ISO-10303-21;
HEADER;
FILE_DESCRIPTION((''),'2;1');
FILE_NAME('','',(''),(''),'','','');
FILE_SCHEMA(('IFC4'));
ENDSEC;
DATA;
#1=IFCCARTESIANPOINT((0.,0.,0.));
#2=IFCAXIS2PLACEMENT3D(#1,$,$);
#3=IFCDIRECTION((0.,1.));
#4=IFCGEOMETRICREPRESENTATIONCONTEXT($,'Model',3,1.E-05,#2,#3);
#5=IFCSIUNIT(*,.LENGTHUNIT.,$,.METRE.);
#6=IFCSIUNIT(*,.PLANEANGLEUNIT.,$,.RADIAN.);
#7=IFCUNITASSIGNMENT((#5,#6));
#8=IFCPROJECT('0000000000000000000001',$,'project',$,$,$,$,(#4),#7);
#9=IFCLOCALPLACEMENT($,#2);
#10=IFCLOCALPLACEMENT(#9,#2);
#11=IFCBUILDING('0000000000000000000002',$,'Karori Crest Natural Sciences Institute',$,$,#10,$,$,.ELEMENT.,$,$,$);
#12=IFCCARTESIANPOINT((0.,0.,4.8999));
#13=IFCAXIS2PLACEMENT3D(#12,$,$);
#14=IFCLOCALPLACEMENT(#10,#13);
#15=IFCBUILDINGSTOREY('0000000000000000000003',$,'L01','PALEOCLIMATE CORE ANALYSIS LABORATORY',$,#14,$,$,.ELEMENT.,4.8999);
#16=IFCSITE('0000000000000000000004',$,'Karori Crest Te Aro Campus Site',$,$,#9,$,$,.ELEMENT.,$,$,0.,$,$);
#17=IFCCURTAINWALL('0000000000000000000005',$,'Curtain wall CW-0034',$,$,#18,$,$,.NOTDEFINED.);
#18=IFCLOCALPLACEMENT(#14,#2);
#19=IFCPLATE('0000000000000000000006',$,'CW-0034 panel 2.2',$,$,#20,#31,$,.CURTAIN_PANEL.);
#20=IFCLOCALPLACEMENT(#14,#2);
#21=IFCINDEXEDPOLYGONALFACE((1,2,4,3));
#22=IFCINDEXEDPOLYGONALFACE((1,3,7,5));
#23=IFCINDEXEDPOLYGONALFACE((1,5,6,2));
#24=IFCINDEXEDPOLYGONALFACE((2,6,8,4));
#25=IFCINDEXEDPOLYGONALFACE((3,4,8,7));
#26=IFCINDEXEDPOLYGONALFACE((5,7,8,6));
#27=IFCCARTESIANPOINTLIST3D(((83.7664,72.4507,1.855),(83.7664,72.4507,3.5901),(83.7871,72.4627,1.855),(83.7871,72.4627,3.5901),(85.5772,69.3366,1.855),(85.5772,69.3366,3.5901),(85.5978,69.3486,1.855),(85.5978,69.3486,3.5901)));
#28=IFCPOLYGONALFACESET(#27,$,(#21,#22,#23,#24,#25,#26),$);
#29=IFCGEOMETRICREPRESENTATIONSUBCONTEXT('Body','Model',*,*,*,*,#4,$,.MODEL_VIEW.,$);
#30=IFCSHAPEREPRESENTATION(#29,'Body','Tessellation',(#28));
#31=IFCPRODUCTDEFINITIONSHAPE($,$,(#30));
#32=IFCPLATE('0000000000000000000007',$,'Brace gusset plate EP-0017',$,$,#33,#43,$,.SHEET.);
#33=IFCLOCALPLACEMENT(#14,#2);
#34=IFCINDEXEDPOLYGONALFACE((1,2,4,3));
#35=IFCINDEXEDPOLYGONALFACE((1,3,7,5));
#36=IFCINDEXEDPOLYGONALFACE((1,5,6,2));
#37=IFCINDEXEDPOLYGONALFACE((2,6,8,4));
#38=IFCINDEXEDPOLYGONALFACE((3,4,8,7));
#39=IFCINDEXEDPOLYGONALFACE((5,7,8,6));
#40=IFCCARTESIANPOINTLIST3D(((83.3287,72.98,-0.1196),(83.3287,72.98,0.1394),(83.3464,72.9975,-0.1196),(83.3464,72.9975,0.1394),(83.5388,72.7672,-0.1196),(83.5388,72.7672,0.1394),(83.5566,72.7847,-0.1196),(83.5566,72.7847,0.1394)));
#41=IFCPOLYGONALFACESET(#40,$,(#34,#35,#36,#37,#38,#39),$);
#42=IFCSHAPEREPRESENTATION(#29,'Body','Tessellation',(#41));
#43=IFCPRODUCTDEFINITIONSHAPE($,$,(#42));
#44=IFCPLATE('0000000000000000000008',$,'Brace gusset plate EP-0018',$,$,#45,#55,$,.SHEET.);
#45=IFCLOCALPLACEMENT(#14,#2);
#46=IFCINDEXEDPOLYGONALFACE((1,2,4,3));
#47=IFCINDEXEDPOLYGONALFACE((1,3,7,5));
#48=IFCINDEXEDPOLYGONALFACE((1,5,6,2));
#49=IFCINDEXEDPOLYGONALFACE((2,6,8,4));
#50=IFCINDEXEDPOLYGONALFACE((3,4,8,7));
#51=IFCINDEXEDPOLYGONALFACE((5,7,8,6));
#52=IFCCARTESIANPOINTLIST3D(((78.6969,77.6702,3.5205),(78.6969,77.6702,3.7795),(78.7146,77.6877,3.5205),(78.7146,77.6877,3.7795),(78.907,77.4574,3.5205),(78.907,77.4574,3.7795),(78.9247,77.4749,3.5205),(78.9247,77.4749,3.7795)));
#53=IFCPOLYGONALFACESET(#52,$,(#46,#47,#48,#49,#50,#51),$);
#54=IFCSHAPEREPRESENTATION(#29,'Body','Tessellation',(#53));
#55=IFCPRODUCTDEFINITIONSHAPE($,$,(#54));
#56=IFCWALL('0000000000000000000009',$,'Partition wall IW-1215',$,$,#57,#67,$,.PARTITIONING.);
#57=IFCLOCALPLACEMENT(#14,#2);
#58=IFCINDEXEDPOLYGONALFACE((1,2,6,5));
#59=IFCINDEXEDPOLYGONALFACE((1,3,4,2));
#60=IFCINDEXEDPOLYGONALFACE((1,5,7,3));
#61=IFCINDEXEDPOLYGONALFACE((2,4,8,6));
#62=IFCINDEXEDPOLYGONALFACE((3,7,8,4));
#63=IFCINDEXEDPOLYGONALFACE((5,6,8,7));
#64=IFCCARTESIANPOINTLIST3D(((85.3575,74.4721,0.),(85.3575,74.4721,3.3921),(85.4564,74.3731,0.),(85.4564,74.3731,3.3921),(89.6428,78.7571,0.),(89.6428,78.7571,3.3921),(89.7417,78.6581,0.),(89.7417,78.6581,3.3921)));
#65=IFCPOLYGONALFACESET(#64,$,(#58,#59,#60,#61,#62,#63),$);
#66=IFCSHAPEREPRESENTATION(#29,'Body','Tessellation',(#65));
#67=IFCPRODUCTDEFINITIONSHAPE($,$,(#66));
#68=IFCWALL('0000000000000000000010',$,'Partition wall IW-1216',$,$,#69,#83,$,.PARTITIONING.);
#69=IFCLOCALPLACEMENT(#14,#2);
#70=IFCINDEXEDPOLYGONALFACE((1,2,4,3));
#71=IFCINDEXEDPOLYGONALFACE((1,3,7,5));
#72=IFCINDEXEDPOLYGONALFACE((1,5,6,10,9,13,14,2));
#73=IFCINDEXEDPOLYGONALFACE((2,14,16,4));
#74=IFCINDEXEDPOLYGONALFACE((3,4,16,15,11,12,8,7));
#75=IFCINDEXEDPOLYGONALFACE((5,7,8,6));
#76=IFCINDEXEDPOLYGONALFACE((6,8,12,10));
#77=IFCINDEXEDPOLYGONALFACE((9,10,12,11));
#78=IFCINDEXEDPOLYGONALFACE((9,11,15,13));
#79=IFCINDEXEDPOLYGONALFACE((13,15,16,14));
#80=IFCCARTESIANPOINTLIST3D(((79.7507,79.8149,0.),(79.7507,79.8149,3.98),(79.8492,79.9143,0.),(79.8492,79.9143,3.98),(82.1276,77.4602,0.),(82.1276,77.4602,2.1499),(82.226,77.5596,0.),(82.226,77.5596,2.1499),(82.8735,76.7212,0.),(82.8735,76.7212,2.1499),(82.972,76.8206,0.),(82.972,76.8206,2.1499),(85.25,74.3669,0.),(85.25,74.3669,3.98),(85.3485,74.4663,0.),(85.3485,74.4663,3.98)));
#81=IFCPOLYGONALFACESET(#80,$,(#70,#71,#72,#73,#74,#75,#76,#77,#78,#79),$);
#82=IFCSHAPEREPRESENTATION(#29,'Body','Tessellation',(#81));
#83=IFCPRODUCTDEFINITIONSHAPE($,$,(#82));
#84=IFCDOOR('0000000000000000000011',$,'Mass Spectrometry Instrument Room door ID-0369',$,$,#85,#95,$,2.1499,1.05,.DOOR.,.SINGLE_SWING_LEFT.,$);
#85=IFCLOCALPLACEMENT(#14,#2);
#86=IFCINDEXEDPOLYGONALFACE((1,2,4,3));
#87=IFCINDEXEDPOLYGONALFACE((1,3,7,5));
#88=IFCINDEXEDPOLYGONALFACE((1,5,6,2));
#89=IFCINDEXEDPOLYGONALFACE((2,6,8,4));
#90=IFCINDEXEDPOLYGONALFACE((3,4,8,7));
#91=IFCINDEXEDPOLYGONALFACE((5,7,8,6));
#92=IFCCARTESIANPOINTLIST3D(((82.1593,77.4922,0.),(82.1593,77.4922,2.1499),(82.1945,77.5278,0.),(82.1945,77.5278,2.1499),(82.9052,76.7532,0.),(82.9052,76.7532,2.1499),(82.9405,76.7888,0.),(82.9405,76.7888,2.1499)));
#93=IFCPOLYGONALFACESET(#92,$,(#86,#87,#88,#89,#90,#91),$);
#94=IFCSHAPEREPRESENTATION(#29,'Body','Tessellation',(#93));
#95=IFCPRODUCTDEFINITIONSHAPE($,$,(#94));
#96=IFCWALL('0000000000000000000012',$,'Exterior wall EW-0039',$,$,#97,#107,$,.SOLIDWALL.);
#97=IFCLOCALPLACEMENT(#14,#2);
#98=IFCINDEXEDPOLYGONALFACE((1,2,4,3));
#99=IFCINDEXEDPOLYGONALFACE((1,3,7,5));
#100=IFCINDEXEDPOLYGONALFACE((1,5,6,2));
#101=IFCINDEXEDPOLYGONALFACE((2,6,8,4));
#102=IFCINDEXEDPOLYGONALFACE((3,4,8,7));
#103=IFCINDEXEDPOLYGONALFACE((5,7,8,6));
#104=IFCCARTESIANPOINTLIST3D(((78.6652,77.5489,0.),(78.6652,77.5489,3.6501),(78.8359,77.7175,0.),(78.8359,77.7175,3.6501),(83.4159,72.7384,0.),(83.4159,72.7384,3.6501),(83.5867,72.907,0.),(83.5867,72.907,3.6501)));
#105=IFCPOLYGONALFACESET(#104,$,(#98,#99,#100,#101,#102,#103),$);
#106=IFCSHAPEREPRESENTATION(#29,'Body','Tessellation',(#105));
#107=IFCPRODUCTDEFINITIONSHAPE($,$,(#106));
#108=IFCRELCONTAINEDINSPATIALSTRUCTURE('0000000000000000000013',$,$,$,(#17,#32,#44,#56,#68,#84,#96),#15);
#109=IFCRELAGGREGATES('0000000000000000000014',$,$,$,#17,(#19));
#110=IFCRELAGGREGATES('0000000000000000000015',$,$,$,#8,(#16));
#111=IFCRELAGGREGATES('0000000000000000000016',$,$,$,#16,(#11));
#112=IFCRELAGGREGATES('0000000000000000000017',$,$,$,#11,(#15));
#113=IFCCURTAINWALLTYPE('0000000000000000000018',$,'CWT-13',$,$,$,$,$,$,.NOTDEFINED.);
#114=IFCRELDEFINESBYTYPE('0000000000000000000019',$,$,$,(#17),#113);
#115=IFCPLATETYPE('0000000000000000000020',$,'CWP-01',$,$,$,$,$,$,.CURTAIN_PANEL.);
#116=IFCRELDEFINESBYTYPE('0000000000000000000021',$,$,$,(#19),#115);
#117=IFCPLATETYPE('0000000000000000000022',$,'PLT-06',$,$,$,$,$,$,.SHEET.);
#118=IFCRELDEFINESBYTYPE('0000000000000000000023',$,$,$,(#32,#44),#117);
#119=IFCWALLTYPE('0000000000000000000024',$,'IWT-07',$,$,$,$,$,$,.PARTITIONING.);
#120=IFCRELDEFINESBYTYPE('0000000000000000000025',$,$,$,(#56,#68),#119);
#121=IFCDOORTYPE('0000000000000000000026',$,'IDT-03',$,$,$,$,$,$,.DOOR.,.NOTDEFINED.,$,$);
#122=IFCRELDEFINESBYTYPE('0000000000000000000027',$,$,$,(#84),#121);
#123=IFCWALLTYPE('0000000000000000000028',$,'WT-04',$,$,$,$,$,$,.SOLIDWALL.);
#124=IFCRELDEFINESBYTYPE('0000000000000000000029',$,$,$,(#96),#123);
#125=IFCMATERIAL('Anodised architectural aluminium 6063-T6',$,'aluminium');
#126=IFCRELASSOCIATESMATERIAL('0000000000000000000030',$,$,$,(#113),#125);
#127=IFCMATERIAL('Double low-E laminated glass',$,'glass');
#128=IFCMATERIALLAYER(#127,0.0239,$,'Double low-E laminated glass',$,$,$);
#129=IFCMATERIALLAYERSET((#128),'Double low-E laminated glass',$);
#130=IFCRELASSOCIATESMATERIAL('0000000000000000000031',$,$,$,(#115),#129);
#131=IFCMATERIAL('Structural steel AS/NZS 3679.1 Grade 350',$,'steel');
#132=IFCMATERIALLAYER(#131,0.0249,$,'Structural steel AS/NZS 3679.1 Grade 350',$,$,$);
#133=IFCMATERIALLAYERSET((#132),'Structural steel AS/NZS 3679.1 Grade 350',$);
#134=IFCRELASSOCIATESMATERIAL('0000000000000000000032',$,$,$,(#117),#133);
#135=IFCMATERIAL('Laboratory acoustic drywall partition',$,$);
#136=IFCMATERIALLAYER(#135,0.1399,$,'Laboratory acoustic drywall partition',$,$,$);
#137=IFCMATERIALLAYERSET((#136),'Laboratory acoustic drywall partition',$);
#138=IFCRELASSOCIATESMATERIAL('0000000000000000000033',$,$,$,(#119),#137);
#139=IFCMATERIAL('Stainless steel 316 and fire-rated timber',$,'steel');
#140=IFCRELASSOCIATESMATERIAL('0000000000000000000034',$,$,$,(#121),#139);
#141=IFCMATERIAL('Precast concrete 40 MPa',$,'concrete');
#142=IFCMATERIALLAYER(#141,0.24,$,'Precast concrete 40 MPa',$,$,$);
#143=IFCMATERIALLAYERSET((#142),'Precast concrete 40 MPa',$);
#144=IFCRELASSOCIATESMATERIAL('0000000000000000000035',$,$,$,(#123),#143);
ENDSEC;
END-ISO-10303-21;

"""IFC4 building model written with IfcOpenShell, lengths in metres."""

from ifc_helpers import new_model, si_unit, direction, frame, frame_2d, origin, origin_2d, place, context, subcontext, project, spatial, rectangle, extrude, material, layer, layer_set, type_object, element, fill, aggregate, save


model = new_model("IFC4")

# Units and contexts
model_context = context("Model", 3, precision=1e-05, world=origin(), true_north=direction((0.0, 1.0)))
body_context = subcontext(model_context, "Body", "Model", "MODEL_VIEW")
ifc_project = project(units=[si_unit("LENGTHUNIT", "METRE"), si_unit("PLANEANGLEUNIT", "RADIAN")], contexts=[model_context])

# Site, building, storey
site_placement = place(None, origin())
site = spatial("IfcSite", under=ifc_project, at=site_placement, Name="Karori Crest Te Aro Campus Site", CompositionType="ELEMENT", RefElevation=0.0)
building_placement = place(site_placement, origin())
building = spatial("IfcBuilding", under=site, at=building_placement, Name="Karori Crest Natural Sciences Institute", CompositionType="ELEMENT")
storey_placement = place(building_placement, frame((0.0, 0.0, 4.8999)))
storey = spatial("IfcBuildingStorey", under=building, at=storey_placement, Name="L01", Description="PALEOCLIMATE CORE ANALYSIS LABORATORY", CompositionType="ELEMENT", Elevation=4.8999)

# Shared definitions
ifc_material_1 = material(Name="Structural steel AS/NZS 3679.1 Grade 350", Category="steel")

# Curtain wall
ifc_material_2 = material(Name="Anodised architectural aluminium 6063-T6", Category="aluminium")
curtain_wall_type = type_object("IfcCurtainWallType", Name="CWT-13", PredefinedType="NOTDEFINED", material=ifc_material_2)
curtain_wall_placement = place(storey_placement, origin())
curtain_wall = element("IfcCurtainWall", 1, at=curtain_wall_placement, inside=storey, type_object=curtain_wall_type, Name="Curtain wall CW-0034", PredefinedType="NOTDEFINED")

# Plate
ifc_material_3 = material(Name="Double low-E laminated glass", Category="glass")
ifc_layer_1 = layer(ifc_material_3, 0.0239, Name="Double low-E laminated glass")
ifc_layer_set_1 = layer_set([ifc_layer_1], Name="Double low-E laminated glass")
plate_type_1 = type_object("IfcPlateType", Name="CWP-01", PredefinedType="CURTAIN_PANEL", material=ifc_layer_set_1)
plate_1_placement = place(storey_placement, frame((84.6821, 70.8997, 1.855), z_axis=(0.0, 0.0, 1.0), x_axis=(-0.50266, 0.864484, 0.0)))
plate_1 = element("IfcPlate", 2, at=plate_1_placement, type_object=plate_type_1, Name="CW-0034 panel 2.2", PredefinedType="CURTAIN_PANEL", context=body_context, shape_type="SweptSolid", body=[
    extrude(rectangle(XDim=3.6023, YDim=0.0239, at=origin_2d()), origin(), (0.0, 0.0, 1.0), 1.7351),
])
aggregate(curtain_wall, [plate_1])

# Plates
ifc_layer_2 = layer(ifc_material_1, 0.0249, Name="Structural steel AS/NZS 3679.1 Grade 350")
ifc_layer_set_2 = layer_set([ifc_layer_2], Name="Structural steel AS/NZS 3679.1 Grade 350")
plate_type_2 = type_object("IfcPlateType", Name="PLT-06", PredefinedType="SHEET", material=ifc_layer_set_2)
for number, where, z_axis, x_axis, name in (
    (3, (83.4426, 72.8823, -0.1196), (0.0, 0.0, 1.0), (-0.702664, 0.711522, 0.0), "Brace gusset plate EP-0017"),
    (4, (78.8108, 77.5725, 3.5205), (0.0, 0.0, 1.0), (-0.702664, 0.711522, 0.0), "Brace gusset plate EP-0018"),
):
    element("IfcPlate", number, at=place(storey_placement, frame(where, z_axis=z_axis, x_axis=x_axis)), inside=storey, type_object=plate_type_2, Name=name, PredefinedType="SHEET", context=body_context, shape_type="SweptSolid", body=[
        extrude(rectangle(XDim=0.2991, YDim=0.0249, at=origin_2d()), origin(), (0.0, 0.0, 1.0), 0.259),
    ])

# Wall
ifc_material_4 = material(Name="Laboratory acoustic drywall partition")
ifc_layer_3 = layer(ifc_material_4, 0.1399, Name="Laboratory acoustic drywall partition")
ifc_layer_set_3 = layer_set([ifc_layer_3], Name="Laboratory acoustic drywall partition")
wall_type_1 = type_object("IfcWallType", Name="IWT-07", PredefinedType="PARTITIONING", material=ifc_layer_set_3)
wall_1_placement = place(storey_placement, frame((85.407, 74.4226, 0.0), z_axis=(0.0, 0.0, 1.0), x_axis=(0.707127, 0.707087, 0.0)))
element("IfcWall", 5, at=wall_1_placement, inside=storey, type_object=wall_type_1, Name="Partition wall IW-1215", PredefinedType="PARTITIONING", context=body_context, shape_type="SweptSolid", body=[
    extrude(rectangle(XDim=6.0601, YDim=0.1399, at=frame_2d((3.03, 0.0))), origin(), (0.0, 0.0, 1.0), 3.3921),
])

# Wall, opening, door
wall_2_placement = place(storey_placement, frame((85.2993, 74.4165, 0.0), z_axis=(0.0, 0.0, 1.0), x_axis=(-0.710411, 0.703787, 0.0)))
wall_2 = element("IfcWall", 6, at=wall_2_placement, inside=storey, type_object=wall_type_1, Name="Partition wall IW-1216", PredefinedType="PARTITIONING", context=body_context, shape_type="SweptSolid", body=[
    extrude(rectangle(XDim=7.741, YDim=0.1399, at=frame_2d((3.8706, 0.0))), origin(), (0.0, 0.0, 1.0), 3.98),
])
opening_placement = place(wall_2_placement, frame((3.3455, 0.0, 0.0)))
opening = element("IfcOpeningElement", 7, at=opening_placement, cuts=wall_2, PredefinedType="OPENING", context=body_context, shape_type="SweptSolid", body=[
    extrude(rectangle(XDim=1.05, YDim=2.1499, at=frame_2d((0.5249, 1.075))), frame((0.0, 0.0801, 0.0), z_axis=(0.0, -1.0, 0.0), x_axis=(1.0, 0.0, 0.0)), (0.0, 0.0, 1.0), 0.1599),
])
ifc_material_5 = material(Name="Stainless steel 316 and fire-rated timber", Category="steel")
door_type = type_object("IfcDoorType", Name="IDT-03", OperationType="NOTDEFINED", PredefinedType="DOOR", material=ifc_material_5)
door_placement = place(opening_placement, origin())
door = element("IfcDoor", 8, at=door_placement, inside=storey, type_object=door_type, Name="Mass Spectrometry Instrument Room door ID-0369", OperationType="SINGLE_SWING_LEFT", OverallHeight=2.1499, OverallWidth=1.05, PredefinedType="DOOR", context=body_context, shape_type="SweptSolid", body=[
    extrude(rectangle(XDim=1.05, YDim=2.1499, at=frame_2d((0.5249, 1.075))), frame((0.0, 0.0249, 0.0), z_axis=(0.0, -1.0, 0.0), x_axis=(1.0, 0.0, 0.0)), (0.0, 0.0, 1.0), 0.05),
])
fill(opening, door)

# Wall
ifc_material_6 = material(Name="Precast concrete 40 MPa", Category="concrete")
ifc_layer_4 = layer(ifc_material_6, 0.24, Name="Precast concrete 40 MPa")
ifc_layer_set_4 = layer_set([ifc_layer_4], Name="Precast concrete 40 MPa")
wall_type_2 = type_object("IfcWallType", Name="WT-04", PredefinedType="SOLIDWALL", material=ifc_layer_set_4)
wall_3_placement = place(storey_placement, frame((83.5012, 72.8228, 0.0), z_axis=(0.0, 0.0, 1.0), x_axis=(-0.702669, 0.711516, 0.0)))
element("IfcWall", 9, at=wall_3_placement, inside=storey, type_object=wall_type_2, Name="Exterior wall EW-0039", PredefinedType="SOLIDWALL", context=body_context, shape_type="SweptSolid", body=[
    extrude(rectangle(XDim=6.761, YDim=0.24, at=frame_2d((3.3804, 0.0))), origin(), (0.0, 0.0, 1.0), 3.6501),
])

save(model, "model.ifc")
